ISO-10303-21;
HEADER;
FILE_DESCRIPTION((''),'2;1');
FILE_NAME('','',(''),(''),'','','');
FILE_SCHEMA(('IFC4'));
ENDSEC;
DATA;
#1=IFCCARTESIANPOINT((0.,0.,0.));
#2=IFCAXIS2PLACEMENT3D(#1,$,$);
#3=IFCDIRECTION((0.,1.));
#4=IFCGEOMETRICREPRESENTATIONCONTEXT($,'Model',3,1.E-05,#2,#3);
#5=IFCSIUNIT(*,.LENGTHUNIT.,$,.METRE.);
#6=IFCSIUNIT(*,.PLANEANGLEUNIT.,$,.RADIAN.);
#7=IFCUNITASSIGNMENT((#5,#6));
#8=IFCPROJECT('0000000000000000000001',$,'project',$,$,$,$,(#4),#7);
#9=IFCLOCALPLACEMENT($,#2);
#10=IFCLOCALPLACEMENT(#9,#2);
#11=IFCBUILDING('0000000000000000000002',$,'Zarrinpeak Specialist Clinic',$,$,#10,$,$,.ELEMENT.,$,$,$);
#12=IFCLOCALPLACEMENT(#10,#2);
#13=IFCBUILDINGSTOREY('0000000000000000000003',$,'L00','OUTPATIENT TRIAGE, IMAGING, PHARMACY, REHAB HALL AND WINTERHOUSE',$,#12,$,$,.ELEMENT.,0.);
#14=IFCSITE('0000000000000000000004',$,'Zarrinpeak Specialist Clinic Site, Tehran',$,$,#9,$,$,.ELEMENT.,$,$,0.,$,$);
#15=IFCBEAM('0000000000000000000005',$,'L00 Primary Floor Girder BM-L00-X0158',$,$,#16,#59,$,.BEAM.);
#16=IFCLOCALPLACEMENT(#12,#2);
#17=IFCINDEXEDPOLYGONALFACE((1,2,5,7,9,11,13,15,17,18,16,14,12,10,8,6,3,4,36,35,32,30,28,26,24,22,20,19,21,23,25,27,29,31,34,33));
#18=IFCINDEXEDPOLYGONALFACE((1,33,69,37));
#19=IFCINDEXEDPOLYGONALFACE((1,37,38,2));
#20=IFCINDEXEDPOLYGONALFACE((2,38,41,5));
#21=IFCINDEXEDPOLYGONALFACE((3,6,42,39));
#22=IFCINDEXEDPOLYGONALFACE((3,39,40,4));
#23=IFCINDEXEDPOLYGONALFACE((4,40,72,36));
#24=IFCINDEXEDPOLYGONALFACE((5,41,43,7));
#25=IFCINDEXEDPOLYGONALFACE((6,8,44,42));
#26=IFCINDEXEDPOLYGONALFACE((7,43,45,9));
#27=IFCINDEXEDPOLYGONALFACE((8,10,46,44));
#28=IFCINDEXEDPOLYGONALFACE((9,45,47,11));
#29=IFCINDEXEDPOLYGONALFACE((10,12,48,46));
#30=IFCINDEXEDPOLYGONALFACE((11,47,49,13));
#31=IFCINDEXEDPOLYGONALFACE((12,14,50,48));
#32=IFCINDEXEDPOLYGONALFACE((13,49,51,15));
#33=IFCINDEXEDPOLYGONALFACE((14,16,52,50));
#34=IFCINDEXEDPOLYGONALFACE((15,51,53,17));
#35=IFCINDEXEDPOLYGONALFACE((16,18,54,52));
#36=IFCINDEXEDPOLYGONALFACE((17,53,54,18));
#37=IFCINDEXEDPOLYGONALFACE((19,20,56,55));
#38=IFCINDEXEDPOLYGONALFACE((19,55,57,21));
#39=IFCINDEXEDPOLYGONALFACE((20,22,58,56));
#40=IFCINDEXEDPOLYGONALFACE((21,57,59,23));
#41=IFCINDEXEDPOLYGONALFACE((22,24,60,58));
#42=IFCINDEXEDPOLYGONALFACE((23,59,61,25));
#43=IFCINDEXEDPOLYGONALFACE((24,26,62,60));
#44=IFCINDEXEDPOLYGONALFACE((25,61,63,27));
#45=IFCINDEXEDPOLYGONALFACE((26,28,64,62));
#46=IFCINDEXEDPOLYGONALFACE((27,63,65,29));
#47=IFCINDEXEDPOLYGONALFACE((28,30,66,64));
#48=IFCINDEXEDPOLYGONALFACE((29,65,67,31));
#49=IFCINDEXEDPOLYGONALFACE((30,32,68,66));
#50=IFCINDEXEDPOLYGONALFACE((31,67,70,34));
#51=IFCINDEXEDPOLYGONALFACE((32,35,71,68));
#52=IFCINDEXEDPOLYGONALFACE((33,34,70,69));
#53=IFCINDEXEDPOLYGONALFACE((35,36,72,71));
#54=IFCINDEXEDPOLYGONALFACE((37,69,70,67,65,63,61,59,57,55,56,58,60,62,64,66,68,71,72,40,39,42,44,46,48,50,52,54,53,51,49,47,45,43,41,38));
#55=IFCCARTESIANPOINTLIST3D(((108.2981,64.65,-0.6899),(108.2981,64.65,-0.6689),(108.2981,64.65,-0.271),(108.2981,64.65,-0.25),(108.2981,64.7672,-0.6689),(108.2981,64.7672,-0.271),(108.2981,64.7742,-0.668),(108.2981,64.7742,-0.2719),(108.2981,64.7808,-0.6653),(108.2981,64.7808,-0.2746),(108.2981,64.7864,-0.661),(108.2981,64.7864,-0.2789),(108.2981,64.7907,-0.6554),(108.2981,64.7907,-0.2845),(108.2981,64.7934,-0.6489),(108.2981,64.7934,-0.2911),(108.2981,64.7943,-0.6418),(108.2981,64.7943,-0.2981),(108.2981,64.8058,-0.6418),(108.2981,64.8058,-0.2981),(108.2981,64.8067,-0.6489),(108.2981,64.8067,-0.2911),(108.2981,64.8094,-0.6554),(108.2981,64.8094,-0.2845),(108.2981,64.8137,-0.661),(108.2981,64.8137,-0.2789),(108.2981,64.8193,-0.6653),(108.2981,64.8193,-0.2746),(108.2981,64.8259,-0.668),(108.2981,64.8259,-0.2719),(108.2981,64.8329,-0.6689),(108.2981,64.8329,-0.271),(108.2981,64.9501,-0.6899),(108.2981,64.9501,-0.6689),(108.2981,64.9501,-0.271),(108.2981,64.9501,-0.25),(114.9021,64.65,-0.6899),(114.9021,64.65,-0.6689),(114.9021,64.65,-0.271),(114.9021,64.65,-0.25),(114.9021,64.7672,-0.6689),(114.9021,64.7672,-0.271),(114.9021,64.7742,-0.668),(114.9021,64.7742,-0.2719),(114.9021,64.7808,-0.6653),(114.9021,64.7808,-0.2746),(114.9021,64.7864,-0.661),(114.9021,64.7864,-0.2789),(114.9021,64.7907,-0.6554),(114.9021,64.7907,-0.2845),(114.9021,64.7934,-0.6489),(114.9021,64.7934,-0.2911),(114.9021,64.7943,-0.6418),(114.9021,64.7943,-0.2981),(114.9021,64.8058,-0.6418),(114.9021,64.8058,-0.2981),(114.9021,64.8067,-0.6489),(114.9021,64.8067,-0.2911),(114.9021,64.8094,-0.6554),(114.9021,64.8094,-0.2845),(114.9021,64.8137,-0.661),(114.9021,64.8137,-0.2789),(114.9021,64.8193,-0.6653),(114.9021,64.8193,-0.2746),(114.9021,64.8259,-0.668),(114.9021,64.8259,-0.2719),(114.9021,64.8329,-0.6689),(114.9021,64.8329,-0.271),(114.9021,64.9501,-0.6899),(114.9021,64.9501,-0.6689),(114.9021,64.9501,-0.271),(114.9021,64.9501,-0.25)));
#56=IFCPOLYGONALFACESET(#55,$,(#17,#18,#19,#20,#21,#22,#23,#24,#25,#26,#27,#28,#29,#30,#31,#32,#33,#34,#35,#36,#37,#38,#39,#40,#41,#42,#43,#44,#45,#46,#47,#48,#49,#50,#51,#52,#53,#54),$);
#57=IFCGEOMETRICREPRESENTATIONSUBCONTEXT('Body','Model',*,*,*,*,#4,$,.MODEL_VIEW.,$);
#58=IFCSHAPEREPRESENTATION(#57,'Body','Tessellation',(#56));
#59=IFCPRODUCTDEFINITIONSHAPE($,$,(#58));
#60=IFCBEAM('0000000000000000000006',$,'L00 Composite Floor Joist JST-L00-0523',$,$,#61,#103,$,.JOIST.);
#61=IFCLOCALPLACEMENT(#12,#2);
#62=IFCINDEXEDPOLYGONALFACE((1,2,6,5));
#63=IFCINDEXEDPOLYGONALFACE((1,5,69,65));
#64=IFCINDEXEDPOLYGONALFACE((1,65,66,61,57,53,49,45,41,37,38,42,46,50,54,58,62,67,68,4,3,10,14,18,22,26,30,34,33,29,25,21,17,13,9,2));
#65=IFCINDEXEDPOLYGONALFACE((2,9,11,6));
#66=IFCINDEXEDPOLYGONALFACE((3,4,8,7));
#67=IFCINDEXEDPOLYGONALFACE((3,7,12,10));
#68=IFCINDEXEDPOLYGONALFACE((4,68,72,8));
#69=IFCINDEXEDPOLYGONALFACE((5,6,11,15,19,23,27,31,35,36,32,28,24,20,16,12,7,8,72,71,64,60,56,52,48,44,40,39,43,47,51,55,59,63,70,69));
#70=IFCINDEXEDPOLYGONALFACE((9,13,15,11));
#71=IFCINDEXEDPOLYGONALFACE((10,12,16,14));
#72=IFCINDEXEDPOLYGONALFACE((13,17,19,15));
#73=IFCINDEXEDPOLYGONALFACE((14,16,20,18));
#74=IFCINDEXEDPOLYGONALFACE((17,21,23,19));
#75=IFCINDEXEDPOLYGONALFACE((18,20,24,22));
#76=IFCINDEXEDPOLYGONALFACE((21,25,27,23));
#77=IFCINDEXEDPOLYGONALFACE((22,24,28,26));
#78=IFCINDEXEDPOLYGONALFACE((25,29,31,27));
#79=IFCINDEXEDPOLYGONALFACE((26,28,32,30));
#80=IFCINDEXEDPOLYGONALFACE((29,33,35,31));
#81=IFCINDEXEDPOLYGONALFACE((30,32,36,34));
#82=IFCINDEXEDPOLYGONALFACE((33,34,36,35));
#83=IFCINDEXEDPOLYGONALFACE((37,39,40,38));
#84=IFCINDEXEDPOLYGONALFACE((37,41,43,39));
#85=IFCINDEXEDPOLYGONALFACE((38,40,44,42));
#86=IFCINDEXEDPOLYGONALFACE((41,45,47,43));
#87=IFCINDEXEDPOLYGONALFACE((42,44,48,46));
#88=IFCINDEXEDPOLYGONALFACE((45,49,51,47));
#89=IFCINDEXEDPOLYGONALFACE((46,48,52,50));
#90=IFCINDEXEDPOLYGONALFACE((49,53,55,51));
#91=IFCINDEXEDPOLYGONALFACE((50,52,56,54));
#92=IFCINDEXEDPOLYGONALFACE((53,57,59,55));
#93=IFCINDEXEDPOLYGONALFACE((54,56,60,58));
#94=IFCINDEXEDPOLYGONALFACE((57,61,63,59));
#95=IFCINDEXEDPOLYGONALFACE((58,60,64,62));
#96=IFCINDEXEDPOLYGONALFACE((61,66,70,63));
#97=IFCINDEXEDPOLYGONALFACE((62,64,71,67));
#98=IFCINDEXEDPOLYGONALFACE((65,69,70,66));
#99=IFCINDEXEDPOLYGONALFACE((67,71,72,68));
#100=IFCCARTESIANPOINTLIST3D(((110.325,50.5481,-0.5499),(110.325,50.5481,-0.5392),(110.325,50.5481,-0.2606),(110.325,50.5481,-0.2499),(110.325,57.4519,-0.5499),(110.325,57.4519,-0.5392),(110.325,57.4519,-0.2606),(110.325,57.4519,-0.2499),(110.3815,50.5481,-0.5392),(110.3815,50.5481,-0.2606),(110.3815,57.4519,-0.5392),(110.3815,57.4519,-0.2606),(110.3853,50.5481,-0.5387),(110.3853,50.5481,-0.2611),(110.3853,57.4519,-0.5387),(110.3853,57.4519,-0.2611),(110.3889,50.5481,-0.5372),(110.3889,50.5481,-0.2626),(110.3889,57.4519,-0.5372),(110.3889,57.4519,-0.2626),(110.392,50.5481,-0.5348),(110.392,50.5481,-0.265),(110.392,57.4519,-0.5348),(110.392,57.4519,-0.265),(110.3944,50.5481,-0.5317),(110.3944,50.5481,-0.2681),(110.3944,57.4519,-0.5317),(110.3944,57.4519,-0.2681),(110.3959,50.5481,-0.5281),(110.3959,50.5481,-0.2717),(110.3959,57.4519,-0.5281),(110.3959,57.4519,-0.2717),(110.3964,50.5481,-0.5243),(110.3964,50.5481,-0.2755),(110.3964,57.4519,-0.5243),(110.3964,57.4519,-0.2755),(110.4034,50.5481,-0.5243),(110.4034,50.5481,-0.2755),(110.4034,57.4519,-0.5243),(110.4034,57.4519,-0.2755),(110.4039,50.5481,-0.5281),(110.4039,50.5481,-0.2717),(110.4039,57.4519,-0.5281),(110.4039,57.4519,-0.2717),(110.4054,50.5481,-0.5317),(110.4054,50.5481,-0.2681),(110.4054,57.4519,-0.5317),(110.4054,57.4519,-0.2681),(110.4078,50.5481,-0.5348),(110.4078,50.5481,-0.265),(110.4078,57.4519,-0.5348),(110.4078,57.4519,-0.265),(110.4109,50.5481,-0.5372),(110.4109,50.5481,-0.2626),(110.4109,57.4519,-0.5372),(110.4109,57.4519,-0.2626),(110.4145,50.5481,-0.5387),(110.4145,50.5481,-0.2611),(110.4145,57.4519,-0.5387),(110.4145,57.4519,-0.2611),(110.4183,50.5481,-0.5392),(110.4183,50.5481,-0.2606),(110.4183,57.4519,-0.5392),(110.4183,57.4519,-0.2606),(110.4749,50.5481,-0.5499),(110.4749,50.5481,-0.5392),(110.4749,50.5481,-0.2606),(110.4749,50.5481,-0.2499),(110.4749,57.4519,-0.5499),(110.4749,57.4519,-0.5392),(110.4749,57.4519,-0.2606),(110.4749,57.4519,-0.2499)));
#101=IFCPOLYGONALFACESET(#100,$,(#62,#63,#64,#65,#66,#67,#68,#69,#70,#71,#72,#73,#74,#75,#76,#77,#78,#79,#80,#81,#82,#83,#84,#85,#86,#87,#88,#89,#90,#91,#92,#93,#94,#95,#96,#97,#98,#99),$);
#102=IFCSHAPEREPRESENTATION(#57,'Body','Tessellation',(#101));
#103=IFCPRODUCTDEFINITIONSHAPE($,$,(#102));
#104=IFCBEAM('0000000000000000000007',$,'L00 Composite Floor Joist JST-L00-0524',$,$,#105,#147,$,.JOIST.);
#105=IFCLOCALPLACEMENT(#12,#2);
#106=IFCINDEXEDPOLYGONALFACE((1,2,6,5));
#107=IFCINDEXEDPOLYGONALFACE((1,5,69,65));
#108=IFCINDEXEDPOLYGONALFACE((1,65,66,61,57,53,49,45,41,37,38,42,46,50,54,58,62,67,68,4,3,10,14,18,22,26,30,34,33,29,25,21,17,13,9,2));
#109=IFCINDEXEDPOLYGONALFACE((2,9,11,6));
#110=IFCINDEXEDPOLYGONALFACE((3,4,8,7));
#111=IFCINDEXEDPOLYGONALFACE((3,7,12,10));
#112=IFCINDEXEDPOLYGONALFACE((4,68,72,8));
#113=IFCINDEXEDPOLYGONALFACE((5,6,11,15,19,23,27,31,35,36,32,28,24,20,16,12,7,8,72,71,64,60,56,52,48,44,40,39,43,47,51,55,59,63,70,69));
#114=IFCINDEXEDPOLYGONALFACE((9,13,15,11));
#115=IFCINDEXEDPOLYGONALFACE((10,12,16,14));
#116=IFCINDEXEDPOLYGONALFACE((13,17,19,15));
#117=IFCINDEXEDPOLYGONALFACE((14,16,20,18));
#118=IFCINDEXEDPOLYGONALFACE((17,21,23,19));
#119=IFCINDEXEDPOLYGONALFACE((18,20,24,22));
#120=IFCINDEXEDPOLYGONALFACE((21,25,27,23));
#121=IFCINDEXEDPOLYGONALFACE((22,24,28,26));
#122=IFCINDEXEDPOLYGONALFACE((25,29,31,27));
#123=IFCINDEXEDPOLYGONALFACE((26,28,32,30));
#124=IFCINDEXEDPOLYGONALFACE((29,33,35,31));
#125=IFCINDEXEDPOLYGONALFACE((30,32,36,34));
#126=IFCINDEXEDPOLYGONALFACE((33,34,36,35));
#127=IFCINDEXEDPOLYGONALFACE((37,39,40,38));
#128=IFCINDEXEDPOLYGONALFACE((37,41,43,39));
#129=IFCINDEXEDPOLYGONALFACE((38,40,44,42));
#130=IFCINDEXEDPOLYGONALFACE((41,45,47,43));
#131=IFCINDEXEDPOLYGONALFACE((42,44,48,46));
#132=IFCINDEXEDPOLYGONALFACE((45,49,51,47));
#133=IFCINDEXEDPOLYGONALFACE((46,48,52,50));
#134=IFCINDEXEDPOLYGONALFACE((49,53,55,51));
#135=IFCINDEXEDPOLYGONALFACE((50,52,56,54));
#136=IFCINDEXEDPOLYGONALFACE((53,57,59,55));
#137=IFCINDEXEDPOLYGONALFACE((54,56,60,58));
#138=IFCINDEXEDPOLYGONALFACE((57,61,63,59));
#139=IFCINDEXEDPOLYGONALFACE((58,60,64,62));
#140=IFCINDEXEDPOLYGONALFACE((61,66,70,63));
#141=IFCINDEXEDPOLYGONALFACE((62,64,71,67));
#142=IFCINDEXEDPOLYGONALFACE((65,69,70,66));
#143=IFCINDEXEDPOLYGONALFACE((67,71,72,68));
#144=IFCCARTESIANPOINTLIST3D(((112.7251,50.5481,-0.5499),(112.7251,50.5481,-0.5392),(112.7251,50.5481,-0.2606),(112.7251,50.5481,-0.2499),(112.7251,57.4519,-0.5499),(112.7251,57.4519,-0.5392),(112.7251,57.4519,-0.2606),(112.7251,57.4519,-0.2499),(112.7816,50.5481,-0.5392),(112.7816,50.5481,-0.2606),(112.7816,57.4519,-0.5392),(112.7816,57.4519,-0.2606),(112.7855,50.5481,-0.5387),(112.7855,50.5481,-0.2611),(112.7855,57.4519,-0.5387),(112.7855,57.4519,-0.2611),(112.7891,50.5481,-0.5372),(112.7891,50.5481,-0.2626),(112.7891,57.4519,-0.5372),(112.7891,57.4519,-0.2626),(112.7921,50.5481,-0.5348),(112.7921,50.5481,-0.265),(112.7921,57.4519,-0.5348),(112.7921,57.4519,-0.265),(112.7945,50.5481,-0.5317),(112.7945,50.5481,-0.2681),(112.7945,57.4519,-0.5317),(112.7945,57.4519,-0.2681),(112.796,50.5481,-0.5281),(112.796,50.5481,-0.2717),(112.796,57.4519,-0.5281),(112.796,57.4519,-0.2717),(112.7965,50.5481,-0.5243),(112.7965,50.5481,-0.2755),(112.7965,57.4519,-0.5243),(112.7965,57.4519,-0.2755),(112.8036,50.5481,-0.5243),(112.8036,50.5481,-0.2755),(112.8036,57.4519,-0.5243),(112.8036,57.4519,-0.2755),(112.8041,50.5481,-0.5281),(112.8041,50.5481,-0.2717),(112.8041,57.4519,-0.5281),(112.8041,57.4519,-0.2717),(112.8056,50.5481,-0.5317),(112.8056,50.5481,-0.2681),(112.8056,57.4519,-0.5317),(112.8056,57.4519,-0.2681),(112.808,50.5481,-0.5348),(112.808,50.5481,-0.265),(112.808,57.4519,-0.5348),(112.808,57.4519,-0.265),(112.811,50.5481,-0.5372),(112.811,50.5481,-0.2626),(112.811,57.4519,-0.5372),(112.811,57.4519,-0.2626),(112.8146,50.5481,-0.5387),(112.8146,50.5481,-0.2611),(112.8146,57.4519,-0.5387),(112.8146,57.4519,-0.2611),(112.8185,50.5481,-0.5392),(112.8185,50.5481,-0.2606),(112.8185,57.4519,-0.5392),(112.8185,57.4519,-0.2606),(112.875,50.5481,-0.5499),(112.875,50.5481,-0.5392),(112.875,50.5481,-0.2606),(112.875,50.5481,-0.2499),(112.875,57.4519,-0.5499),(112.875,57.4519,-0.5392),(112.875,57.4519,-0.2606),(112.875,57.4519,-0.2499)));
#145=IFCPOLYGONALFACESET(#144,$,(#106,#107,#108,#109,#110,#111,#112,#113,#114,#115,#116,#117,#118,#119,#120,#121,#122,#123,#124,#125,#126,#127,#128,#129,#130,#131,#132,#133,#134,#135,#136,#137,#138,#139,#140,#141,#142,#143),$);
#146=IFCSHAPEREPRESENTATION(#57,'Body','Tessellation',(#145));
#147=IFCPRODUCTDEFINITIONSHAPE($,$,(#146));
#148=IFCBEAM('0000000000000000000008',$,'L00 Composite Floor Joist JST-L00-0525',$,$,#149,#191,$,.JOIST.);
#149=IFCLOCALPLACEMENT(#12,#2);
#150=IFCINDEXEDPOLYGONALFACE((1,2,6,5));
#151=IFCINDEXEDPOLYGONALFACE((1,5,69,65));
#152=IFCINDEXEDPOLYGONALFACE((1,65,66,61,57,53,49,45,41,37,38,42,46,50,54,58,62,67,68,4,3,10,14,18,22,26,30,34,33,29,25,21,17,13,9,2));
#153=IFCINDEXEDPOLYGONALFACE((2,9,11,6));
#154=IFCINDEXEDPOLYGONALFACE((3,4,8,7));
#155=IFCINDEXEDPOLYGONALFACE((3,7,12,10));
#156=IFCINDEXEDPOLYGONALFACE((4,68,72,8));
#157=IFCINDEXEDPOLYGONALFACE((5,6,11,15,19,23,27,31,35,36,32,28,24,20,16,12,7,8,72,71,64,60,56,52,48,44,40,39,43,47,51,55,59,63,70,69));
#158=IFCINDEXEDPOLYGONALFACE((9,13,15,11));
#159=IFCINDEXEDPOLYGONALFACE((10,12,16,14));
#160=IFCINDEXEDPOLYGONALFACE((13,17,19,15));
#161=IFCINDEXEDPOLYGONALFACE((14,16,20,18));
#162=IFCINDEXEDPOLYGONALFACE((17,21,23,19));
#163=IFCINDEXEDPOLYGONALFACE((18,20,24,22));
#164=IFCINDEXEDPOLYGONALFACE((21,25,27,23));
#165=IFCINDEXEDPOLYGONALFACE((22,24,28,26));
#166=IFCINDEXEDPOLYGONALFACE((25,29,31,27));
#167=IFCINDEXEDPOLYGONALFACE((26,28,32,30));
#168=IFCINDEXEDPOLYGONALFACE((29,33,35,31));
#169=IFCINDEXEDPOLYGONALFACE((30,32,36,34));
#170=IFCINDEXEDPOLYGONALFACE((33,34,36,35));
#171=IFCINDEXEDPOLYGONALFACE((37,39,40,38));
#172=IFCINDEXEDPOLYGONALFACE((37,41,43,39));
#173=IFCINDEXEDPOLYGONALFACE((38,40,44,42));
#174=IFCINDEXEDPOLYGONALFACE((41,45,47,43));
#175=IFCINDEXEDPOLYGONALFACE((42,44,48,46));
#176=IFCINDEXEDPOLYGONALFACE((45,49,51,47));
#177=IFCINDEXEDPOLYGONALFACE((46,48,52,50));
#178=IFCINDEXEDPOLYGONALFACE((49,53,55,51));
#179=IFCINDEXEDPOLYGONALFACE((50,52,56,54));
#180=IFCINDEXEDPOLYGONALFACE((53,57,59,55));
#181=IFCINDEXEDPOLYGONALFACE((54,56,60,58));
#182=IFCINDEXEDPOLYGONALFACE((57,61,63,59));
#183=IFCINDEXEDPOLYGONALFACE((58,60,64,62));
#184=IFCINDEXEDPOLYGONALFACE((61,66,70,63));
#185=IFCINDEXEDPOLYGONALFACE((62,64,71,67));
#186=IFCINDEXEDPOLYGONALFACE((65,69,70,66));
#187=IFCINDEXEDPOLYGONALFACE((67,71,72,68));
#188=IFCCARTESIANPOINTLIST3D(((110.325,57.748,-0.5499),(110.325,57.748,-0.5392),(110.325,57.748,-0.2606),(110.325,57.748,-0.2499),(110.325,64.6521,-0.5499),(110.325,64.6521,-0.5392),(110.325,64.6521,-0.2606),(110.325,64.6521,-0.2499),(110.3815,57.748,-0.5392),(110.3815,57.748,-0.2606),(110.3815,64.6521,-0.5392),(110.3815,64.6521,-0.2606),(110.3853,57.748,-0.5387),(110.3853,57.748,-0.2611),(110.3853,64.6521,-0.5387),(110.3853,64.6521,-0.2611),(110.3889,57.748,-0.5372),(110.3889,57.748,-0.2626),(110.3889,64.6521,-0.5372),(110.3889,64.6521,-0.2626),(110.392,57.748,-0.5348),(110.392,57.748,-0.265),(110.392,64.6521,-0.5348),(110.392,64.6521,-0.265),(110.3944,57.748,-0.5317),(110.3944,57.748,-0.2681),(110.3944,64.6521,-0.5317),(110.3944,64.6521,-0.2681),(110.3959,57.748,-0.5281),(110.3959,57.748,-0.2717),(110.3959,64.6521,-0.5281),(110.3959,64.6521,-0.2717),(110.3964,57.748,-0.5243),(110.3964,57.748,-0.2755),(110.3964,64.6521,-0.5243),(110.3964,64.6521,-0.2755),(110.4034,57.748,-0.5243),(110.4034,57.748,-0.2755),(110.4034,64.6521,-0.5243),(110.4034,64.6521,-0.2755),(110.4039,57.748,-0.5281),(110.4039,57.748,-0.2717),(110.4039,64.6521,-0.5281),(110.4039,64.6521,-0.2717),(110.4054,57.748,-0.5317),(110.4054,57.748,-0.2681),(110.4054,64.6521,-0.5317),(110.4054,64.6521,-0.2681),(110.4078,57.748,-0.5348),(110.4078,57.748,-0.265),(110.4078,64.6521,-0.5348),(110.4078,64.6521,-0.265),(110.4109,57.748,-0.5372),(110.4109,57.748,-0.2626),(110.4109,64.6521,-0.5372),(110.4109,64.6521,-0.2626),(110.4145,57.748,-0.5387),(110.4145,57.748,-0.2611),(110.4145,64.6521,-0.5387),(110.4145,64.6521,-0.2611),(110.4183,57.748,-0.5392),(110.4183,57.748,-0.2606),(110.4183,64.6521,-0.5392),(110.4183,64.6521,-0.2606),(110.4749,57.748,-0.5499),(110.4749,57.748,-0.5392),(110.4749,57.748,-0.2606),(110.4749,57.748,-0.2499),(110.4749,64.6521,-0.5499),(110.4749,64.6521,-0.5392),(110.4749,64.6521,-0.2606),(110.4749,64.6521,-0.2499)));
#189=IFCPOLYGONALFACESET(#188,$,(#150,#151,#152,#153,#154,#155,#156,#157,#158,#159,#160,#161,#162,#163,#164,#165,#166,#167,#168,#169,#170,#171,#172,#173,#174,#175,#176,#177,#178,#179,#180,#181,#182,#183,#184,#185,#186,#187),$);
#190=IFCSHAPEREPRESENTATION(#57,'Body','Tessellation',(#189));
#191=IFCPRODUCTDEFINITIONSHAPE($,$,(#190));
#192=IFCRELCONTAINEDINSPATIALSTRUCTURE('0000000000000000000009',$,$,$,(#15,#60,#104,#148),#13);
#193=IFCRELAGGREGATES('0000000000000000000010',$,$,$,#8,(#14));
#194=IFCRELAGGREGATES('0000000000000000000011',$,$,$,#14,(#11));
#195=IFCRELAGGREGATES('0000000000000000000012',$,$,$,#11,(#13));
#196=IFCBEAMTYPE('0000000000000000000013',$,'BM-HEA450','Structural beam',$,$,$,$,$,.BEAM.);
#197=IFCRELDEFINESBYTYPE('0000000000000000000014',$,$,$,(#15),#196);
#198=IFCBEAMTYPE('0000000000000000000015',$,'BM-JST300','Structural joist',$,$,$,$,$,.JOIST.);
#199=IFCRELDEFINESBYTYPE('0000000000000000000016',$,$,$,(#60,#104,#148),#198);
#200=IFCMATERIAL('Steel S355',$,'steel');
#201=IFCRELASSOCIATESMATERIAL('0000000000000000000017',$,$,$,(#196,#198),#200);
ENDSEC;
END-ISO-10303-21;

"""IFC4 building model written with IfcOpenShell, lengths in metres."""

from ifc_helpers import new_model, si_unit, direction, frame, origin, origin_2d, place, context, subcontext, project, spatial, i_section, extrude, material, material_profile, profile_set, type_object, element, save


model = new_model("IFC4")

# Units and contexts
model_context = context("Model", 3, precision=1e-05, world=origin(), true_north=direction((0.0, 1.0)))
body_context = subcontext(model_context, "Body", "Model", "MODEL_VIEW")
ifc_project = project(units=[si_unit("LENGTHUNIT", "METRE"), si_unit("PLANEANGLEUNIT", "RADIAN")], contexts=[model_context])

# Site, building, storey
site_placement = place(None, origin())
site = spatial("IfcSite", under=ifc_project, at=site_placement, Name="Zarrinpeak Specialist Clinic Site, Tehran", CompositionType="ELEMENT", RefElevation=0.0)
building_placement = place(site_placement, origin())
building = spatial("IfcBuilding", under=site, at=building_placement, Name="Zarrinpeak Specialist Clinic", CompositionType="ELEMENT")
storey_placement = place(building_placement, origin())
storey = spatial("IfcBuildingStorey", under=building, at=storey_placement, Name="L00", Description="OUTPATIENT TRIAGE, IMAGING, PHARMACY, REHAB HALL AND WINTERHOUSE", CompositionType="ELEMENT", Elevation=0.0)

# Shared definitions
ifc_material = material(Name="Steel S355", Category="steel")

# Beams
ifc_material_profile_1 = material_profile(ifc_material, i_section(OverallWidth=0.3, OverallDepth=0.4399, WebThickness=0.0115, FlangeThickness=0.021, FilletRadius=0.0271, at=origin_2d()), Name="HEA 450")
ifc_profile_set_1 = profile_set([ifc_material_profile_1], Name="Steel S355")
beam_type_1 = type_object("IfcBeamType", Name="BM-HEA450", Description="Structural beam", PredefinedType="BEAM", material=ifc_profile_set_1)
for number, where, z_axis, x_axis, name in (
    (1, (108.2981, 64.8, -0.47), (1.0, 0.0, 0.0), (0.0, 1.0, 0.0), "L00 Primary Floor Girder BM-L00-X0158"),
):
    element("IfcBeam", number, at=place(storey_placement, frame(where, z_axis=z_axis, x_axis=x_axis)), inside=storey, type_object=beam_type_1, Name=name, PredefinedType="BEAM", context=body_context, shape_type="SweptSolid", body=[
        extrude(i_section(OverallWidth=0.3, OverallDepth=0.4399, WebThickness=0.0115, FlangeThickness=0.021, FilletRadius=0.0271, at=origin_2d()), origin(), (0.0, 0.0, 1.0), 6.604),
    ])
ifc_material_profile_2 = material_profile(ifc_material, i_section(OverallWidth=0.1499, OverallDepth=0.3, WebThickness=0.0071, FlangeThickness=0.0107, FilletRadius=0.0149, at=origin_2d()), Name="IPE 300")
ifc_profile_set_2 = profile_set([ifc_material_profile_2], Name="Steel S355")
beam_type_2 = type_object("IfcBeamType", Name="BM-JST300", Description="Structural joist", PredefinedType="JOIST", material=ifc_profile_set_2)
for number, where, z_axis, x_axis, name in (
    (2, (110.3999, 50.5481, -0.3999), (0.0, 1.0, 0.0), (-1.0, 0.0, 0.0), "L00 Composite Floor Joist JST-L00-0523"),
    (3, (112.8, 50.5481, -0.3999), (0.0, 1.0, 0.0), (-1.0, 0.0, 0.0), "L00 Composite Floor Joist JST-L00-0524"),
):
    element("IfcBeam", number, at=place(storey_placement, frame(where, z_axis=z_axis, x_axis=x_axis)), inside=storey, type_object=beam_type_2, Name=name, PredefinedType="JOIST", context=body_context, shape_type="SweptSolid", body=[
        extrude(i_section(OverallWidth=0.1499, OverallDepth=0.3, WebThickness=0.0071, FlangeThickness=0.0107, FilletRadius=0.0149, at=origin_2d()), origin(), (0.0, 0.0, 1.0), 6.9038),
    ])
for number, where, z_axis, x_axis, name in (
    (4, (110.3999, 57.748, -0.3999), (0.0, 1.0, 0.0), (-1.0, 0.0, 0.0), "L00 Composite Floor Joist JST-L00-0525"),
):
    element("IfcBeam", number, at=place(storey_placement, frame(where, z_axis=z_axis, x_axis=x_axis)), inside=storey, type_object=beam_type_2, Name=name, PredefinedType="JOIST", context=body_context, shape_type="SweptSolid", body=[
        extrude(i_section(OverallWidth=0.1499, OverallDepth=0.3, WebThickness=0.0071, FlangeThickness=0.0107, FilletRadius=0.0149, at=origin_2d()), origin(), (0.0, 0.0, 1.0), 6.9041),
    ])

save(model, "model.ifc")
